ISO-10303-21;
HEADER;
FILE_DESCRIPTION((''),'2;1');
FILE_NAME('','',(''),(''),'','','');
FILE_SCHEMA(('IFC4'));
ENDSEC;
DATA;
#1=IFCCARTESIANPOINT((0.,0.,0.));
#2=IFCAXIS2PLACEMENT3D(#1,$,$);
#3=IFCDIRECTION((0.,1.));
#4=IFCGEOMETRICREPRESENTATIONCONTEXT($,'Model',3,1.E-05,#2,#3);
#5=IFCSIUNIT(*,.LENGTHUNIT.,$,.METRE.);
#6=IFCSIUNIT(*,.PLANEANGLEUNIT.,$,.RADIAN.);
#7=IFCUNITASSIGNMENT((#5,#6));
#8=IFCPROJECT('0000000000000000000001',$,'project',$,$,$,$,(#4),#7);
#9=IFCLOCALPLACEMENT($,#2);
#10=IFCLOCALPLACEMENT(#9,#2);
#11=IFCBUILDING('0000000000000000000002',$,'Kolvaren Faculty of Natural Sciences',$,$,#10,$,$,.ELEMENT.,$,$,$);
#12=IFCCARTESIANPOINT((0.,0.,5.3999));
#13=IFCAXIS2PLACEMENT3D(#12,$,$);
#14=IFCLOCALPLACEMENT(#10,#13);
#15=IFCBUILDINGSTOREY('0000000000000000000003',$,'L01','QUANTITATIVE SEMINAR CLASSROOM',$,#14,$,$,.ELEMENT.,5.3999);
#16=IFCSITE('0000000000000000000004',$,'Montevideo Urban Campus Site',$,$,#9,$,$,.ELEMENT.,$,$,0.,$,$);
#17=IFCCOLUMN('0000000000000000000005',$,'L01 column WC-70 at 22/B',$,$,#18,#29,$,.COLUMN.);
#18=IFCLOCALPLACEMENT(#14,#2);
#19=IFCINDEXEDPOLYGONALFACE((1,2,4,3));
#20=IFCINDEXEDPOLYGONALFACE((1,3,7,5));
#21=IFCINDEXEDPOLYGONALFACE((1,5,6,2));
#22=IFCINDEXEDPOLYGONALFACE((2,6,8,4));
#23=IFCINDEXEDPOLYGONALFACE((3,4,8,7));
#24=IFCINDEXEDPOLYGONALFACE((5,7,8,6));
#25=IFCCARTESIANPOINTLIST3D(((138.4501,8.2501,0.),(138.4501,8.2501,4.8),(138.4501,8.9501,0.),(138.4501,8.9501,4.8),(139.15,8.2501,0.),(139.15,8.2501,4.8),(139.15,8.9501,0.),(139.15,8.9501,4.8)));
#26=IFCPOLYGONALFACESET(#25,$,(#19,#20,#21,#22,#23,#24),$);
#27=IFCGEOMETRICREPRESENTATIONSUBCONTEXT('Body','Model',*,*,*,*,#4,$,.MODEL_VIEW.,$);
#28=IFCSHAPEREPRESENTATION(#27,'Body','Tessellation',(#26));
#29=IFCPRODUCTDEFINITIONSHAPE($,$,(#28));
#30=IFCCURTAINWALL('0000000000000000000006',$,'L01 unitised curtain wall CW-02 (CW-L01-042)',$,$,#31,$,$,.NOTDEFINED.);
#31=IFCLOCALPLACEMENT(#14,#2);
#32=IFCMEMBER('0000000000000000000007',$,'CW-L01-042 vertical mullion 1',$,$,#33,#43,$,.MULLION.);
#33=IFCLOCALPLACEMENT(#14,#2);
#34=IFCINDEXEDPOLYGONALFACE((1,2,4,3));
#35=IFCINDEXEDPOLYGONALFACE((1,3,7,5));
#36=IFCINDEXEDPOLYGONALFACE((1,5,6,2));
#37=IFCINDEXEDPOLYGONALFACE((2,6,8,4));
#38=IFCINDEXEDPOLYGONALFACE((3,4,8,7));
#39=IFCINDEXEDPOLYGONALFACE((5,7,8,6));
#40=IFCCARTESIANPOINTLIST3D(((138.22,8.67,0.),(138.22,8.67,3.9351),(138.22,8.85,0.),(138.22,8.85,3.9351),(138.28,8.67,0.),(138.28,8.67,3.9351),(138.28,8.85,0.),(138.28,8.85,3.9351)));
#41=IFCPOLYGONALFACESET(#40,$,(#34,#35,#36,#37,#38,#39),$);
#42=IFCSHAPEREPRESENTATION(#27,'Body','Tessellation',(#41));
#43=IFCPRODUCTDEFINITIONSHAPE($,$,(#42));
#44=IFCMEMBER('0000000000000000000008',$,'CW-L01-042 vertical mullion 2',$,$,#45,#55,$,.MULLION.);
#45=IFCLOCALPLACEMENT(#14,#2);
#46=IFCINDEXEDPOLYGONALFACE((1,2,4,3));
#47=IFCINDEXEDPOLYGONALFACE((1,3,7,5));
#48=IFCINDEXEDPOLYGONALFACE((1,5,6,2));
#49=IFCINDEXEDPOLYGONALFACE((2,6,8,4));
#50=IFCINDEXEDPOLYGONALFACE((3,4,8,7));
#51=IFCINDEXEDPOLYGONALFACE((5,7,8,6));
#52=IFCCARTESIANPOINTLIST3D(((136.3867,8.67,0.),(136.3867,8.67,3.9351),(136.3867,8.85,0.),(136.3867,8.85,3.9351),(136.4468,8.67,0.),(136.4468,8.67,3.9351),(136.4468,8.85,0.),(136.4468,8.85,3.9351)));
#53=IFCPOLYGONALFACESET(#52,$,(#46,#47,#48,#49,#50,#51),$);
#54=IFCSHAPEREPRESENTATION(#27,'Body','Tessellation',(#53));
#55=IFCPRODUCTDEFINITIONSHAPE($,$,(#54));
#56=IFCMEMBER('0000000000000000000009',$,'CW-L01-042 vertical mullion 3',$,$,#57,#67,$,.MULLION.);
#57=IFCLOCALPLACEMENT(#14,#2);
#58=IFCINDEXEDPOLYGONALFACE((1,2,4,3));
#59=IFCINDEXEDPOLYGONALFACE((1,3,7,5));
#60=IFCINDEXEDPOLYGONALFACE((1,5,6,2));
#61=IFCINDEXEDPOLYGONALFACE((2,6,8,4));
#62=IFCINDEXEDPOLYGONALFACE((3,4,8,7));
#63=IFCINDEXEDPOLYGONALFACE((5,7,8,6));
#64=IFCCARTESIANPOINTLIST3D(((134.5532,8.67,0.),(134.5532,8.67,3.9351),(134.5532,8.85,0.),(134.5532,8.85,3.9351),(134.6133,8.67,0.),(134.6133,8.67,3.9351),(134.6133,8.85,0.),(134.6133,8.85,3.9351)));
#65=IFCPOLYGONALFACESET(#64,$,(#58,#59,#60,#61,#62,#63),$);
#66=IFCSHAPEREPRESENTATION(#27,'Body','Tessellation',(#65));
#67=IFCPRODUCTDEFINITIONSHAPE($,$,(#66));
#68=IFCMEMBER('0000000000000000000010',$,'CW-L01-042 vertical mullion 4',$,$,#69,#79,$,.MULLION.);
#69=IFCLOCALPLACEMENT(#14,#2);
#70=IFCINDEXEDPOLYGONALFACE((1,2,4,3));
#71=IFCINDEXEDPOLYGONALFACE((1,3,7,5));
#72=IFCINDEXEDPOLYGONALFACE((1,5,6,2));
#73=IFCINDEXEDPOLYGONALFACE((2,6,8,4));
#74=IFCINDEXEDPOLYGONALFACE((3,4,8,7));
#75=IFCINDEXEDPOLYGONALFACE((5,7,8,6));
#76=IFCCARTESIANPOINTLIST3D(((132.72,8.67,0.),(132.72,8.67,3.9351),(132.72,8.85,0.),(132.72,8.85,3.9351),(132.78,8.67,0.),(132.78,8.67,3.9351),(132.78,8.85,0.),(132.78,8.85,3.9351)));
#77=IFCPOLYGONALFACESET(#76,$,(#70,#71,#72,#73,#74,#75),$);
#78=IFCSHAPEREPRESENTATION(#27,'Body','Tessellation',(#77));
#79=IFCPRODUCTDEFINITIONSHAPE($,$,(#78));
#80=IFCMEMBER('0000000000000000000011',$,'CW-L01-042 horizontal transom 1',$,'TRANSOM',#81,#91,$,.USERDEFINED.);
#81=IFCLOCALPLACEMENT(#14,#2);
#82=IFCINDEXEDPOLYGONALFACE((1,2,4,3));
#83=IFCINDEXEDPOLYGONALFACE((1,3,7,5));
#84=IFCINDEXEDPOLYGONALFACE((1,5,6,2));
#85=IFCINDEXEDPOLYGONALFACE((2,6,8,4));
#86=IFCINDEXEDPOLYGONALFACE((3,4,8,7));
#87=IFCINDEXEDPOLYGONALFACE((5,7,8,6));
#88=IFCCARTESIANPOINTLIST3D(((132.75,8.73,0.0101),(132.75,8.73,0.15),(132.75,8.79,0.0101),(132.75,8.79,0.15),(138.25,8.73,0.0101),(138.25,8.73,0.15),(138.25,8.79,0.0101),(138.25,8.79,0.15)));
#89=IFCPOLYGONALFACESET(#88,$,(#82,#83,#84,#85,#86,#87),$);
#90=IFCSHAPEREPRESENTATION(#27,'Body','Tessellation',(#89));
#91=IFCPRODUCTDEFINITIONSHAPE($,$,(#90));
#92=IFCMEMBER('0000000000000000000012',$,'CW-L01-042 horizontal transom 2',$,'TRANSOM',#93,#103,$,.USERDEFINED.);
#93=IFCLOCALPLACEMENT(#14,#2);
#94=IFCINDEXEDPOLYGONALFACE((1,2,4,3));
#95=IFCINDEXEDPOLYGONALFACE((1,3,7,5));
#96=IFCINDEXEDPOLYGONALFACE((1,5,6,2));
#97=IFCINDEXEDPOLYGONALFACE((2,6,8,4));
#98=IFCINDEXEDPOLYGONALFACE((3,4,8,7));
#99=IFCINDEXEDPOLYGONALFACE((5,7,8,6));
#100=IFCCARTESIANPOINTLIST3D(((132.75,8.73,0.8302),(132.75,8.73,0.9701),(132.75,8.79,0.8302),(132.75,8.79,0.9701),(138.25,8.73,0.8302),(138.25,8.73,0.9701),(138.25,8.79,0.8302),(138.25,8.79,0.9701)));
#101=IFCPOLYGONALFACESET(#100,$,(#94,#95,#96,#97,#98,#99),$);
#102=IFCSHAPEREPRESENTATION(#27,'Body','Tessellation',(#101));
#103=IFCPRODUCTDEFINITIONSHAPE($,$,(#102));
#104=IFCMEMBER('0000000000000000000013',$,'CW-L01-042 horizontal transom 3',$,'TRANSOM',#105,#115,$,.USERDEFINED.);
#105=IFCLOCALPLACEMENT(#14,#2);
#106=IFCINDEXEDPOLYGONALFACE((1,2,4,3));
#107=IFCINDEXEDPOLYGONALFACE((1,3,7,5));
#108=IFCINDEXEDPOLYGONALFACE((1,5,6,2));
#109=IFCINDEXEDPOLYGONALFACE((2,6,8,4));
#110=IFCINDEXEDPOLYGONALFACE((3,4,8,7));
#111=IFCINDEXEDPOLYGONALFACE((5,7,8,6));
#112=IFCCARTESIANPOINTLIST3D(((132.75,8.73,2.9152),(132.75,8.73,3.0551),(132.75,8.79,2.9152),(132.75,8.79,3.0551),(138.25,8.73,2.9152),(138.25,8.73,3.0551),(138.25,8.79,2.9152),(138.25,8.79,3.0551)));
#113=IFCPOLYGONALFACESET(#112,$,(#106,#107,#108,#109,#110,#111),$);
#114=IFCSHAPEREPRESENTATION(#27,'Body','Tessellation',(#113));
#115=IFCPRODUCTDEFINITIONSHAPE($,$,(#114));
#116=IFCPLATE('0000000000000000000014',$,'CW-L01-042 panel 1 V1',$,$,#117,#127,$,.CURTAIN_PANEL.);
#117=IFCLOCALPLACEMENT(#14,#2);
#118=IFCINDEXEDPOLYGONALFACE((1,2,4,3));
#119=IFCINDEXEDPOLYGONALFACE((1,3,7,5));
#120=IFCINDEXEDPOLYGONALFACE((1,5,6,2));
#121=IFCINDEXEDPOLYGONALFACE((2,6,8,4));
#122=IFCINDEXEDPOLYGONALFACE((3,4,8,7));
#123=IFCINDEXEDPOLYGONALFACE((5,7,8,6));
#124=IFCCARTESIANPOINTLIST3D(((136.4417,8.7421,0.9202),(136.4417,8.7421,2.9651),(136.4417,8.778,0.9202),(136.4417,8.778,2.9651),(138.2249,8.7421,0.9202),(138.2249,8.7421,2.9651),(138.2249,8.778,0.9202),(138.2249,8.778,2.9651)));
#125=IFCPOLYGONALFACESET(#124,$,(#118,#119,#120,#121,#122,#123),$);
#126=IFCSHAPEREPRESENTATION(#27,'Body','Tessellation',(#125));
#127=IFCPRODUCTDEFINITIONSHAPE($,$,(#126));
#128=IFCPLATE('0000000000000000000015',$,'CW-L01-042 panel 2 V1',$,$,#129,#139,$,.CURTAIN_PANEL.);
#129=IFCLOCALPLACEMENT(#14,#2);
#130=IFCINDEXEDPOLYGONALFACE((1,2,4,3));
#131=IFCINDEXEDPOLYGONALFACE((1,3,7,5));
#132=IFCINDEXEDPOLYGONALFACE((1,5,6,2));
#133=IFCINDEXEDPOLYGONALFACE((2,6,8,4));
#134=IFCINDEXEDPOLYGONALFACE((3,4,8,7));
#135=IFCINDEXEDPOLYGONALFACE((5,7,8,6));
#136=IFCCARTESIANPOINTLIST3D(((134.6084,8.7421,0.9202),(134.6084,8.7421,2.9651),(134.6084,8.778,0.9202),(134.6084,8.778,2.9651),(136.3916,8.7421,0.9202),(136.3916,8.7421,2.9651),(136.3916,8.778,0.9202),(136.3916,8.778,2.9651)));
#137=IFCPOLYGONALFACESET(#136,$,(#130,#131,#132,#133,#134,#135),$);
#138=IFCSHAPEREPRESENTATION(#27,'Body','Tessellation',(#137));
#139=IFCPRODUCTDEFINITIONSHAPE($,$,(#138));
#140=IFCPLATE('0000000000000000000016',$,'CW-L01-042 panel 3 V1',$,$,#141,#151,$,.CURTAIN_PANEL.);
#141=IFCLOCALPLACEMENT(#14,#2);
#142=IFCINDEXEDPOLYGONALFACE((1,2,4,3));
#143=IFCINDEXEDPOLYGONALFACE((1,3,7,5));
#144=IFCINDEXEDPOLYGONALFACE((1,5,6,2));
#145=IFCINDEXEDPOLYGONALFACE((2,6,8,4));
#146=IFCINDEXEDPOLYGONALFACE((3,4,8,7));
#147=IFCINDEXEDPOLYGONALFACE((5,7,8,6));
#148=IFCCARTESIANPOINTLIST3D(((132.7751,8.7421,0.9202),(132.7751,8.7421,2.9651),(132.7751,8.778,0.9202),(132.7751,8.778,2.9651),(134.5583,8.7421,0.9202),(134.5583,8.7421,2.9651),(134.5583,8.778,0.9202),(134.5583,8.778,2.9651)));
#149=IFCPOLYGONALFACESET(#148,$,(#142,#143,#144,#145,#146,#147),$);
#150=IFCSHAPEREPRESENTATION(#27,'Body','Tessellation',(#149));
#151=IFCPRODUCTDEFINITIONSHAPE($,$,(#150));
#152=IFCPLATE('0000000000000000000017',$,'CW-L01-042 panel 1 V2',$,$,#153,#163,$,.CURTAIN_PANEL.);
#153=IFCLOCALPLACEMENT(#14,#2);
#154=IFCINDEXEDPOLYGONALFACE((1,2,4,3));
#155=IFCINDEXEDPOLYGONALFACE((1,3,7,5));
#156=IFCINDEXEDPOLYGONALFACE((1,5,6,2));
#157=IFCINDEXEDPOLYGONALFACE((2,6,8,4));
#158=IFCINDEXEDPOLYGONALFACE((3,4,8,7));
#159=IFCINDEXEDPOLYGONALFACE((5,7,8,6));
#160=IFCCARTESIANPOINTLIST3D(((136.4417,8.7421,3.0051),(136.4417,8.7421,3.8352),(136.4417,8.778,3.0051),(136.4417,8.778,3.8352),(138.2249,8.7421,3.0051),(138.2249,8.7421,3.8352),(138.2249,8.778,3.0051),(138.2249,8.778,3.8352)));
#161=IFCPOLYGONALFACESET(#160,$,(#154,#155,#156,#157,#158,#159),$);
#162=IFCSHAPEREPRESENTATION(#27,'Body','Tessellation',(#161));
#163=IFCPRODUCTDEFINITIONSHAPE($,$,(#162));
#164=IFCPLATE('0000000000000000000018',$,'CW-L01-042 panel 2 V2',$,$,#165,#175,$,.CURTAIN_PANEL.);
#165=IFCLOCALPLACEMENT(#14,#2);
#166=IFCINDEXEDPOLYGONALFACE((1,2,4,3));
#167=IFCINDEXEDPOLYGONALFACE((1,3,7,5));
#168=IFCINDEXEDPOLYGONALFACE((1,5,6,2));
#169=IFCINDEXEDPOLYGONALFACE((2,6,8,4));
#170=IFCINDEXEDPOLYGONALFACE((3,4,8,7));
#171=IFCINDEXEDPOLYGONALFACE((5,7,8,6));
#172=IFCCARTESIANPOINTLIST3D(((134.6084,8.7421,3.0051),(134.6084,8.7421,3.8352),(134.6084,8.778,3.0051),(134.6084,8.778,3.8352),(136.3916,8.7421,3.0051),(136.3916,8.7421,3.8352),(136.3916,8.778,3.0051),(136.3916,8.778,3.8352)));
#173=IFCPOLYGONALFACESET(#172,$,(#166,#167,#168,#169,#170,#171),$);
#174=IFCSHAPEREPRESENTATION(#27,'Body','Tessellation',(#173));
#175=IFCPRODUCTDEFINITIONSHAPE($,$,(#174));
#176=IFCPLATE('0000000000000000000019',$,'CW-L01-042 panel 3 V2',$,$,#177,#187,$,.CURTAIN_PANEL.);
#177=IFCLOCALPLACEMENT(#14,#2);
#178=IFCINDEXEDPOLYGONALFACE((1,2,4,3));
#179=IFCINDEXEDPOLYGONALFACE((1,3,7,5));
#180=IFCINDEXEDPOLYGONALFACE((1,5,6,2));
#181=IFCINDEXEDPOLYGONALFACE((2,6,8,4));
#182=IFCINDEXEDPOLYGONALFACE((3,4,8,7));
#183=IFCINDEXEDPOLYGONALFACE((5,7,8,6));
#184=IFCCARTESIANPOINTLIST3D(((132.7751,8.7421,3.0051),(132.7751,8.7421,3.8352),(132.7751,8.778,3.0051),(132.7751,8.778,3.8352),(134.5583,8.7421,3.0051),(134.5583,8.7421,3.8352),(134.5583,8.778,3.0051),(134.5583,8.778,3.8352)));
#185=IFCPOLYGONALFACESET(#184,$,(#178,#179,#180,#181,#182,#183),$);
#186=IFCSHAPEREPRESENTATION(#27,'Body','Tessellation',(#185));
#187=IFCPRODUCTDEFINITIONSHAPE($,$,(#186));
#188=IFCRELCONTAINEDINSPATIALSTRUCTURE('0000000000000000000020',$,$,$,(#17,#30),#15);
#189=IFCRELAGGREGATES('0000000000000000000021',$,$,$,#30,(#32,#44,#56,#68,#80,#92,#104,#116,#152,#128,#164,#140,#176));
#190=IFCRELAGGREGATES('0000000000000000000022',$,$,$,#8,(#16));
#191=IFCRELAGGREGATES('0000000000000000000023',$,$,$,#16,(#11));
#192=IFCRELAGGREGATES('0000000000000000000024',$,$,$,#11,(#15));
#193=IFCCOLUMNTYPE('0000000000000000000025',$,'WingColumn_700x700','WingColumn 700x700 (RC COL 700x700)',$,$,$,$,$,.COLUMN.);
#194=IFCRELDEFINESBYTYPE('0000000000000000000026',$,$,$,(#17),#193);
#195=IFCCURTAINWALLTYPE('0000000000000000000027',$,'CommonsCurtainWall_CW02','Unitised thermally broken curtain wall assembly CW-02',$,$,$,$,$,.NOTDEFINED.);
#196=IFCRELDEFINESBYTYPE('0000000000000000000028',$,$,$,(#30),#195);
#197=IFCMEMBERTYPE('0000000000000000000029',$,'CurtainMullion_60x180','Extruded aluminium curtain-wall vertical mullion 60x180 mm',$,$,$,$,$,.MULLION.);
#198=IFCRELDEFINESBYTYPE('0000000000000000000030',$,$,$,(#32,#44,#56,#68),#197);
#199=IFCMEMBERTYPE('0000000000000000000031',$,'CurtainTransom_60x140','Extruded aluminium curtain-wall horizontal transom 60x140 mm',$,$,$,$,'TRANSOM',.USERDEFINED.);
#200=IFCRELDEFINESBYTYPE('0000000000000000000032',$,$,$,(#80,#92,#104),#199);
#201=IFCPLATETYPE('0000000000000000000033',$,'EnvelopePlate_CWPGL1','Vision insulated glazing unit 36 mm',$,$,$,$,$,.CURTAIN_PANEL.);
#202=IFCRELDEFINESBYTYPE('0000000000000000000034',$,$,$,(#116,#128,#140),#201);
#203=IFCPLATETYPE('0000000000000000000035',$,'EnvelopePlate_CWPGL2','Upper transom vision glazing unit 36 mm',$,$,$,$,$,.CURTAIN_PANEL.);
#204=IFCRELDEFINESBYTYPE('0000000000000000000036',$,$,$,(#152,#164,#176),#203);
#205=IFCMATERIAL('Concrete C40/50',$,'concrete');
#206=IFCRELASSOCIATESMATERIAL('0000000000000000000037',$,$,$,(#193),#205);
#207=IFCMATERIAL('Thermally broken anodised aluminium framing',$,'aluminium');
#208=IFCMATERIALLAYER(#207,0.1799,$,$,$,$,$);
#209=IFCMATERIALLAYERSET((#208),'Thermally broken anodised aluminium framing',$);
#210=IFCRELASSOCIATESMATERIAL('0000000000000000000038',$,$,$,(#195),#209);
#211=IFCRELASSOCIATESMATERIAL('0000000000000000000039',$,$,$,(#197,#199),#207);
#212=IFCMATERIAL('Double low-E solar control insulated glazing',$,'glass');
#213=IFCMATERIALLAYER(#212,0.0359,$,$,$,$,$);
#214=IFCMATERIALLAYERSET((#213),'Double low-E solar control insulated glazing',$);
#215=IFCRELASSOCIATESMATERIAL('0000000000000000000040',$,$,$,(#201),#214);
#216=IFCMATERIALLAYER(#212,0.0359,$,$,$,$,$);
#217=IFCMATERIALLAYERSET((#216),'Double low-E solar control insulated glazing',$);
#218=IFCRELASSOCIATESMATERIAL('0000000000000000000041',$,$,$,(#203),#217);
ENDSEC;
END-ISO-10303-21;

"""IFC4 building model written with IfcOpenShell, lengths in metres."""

from ifc_helpers import new_model, si_unit, direction, frame, origin, origin_2d, place, context, subcontext, project, spatial, rectangle, extrude, material, layer, layer_set, material_profile, profile_set, type_object, element, aggregate, save


model = new_model("IFC4")

# Units and contexts
model_context = context("Model", 3, precision=1e-05, world=origin(), true_north=direction((0.0, 1.0)))
body_context = subcontext(model_context, "Body", "Model", "MODEL_VIEW")
ifc_project = project(units=[si_unit("LENGTHUNIT", "METRE"), si_unit("PLANEANGLEUNIT", "RADIAN")], contexts=[model_context])

# Site, building, storey
site_placement = place(None, origin())
site = spatial("IfcSite", under=ifc_project, at=site_placement, Name="Montevideo Urban Campus Site", CompositionType="ELEMENT", RefElevation=0.0)
building_placement = place(site_placement, origin())
building = spatial("IfcBuilding", under=site, at=building_placement, Name="Kolvaren Faculty of Natural Sciences", CompositionType="ELEMENT")
storey_placement = place(building_placement, frame((0.0, 0.0, 5.3999)))
storey = spatial("IfcBuildingStorey", under=building, at=storey_placement, Name="L01", Description="QUANTITATIVE SEMINAR CLASSROOM", CompositionType="ELEMENT", Elevation=5.3999)

# Column
ifc_material_1 = material(Name="Concrete C40/50", Category="concrete")
ifc_material_profile_1 = material_profile(ifc_material_1, rectangle(XDim=0.7, YDim=0.7, at=origin_2d()), Name="RC COL 700x700")
ifc_profile_set_1 = profile_set([ifc_material_profile_1], Name="Concrete C40/50")
column_type = type_object("IfcColumnType", Name="WingColumn_700x700", Description="WingColumn 700x700 (RC COL 700x700)", PredefinedType="COLUMN", material=ifc_profile_set_1)
column_placement = place(storey_placement, frame((138.8, 8.6001, 0.0), z_axis=(0.0, 0.0, 1.0), x_axis=(1.0, 0.0, 0.0)))
element("IfcColumn", 1, at=column_placement, inside=storey, type_object=column_type, Name="L01 column WC-70 at 22/B", PredefinedType="COLUMN", context=body_context, shape_type="SweptSolid", body=[
    extrude(rectangle(XDim=0.7, YDim=0.7, at=origin_2d()), origin(), (0.0, 0.0, 1.0), 4.8),
])

# Curtain wall, members, plates
ifc_material_2 = material(Name="Thermally broken anodised aluminium framing", Category="aluminium")
ifc_layer_1 = layer(ifc_material_2, 0.1799)
ifc_layer_set_1 = layer_set([ifc_layer_1], Name="Thermally broken anodised aluminium framing")
curtain_wall_type = type_object("IfcCurtainWallType", Name="CommonsCurtainWall_CW02", Description="Unitised thermally broken curtain wall assembly CW-02", PredefinedType="NOTDEFINED", material=ifc_layer_set_1)
curtain_wall_placement = place(storey_placement, origin())
curtain_wall = element("IfcCurtainWall", 2, at=curtain_wall_placement, inside=storey, type_object=curtain_wall_type, Name="L01 unitised curtain wall CW-02 (CW-L01-042)", PredefinedType="NOTDEFINED")
ifc_material_profile_2 = material_profile(ifc_material_2, rectangle(XDim=0.0601, YDim=0.1799, at=origin_2d()), Name="ALU MUL 60x180")
ifc_profile_set_2 = profile_set([ifc_material_profile_2], Name="Thermally broken anodised aluminium framing")
member_type_1 = type_object("IfcMemberType", Name="CurtainMullion_60x180", Description="Extruded aluminium curtain-wall vertical mullion 60x180 mm", PredefinedType="MULLION", material=ifc_profile_set_2)
member_1_placement = place(storey_placement, frame((138.25, 8.76, 0.0), z_axis=(0.0, 0.0, 1.0), x_axis=(-1.0, 0.0, 0.0)))
member_1 = element("IfcMember", 3, at=member_1_placement, type_object=member_type_1, Name="CW-L01-042 vertical mullion 1", PredefinedType="MULLION", context=body_context, shape_type="SweptSolid", body=[
    extrude(rectangle(XDim=0.0601, YDim=0.1799, at=origin_2d()), origin(), (0.0, 0.0, 1.0), 3.9351),
])
member_2_placement = place(storey_placement, frame((136.4167, 8.76, 0.0), z_axis=(0.0, 0.0, 1.0), x_axis=(-1.0, 0.0, 0.0)))
member_2 = element("IfcMember", 4, at=member_2_placement, type_object=member_type_1, Name="CW-L01-042 vertical mullion 2", PredefinedType="MULLION", context=body_context, shape_type="SweptSolid", body=[
    extrude(rectangle(XDim=0.0601, YDim=0.1799, at=origin_2d()), origin(), (0.0, 0.0, 1.0), 3.9351),
])
member_3_placement = place(storey_placement, frame((134.5833, 8.76, 0.0), z_axis=(0.0, 0.0, 1.0), x_axis=(-1.0, 0.0, 0.0)))
member_3 = element("IfcMember", 5, at=member_3_placement, type_object=member_type_1, Name="CW-L01-042 vertical mullion 3", PredefinedType="MULLION", context=body_context, shape_type="SweptSolid", body=[
    extrude(rectangle(XDim=0.0601, YDim=0.1799, at=origin_2d()), origin(), (0.0, 0.0, 1.0), 3.9351),
])
member_4_placement = place(storey_placement, frame((132.75, 8.76, 0.0), z_axis=(0.0, 0.0, 1.0), x_axis=(-1.0, 0.0, 0.0)))
member_4 = element("IfcMember", 6, at=member_4_placement, type_object=member_type_1, Name="CW-L01-042 vertical mullion 4", PredefinedType="MULLION", context=body_context, shape_type="SweptSolid", body=[
    extrude(rectangle(XDim=0.0601, YDim=0.1799, at=origin_2d()), origin(), (0.0, 0.0, 1.0), 3.9351),
])
ifc_material_profile_3 = material_profile(ifc_material_2, rectangle(XDim=0.0601, YDim=0.1399, at=origin_2d()), Name="ALU TRN 60x140")
ifc_profile_set_3 = profile_set([ifc_material_profile_3], Name="Thermally broken anodised aluminium framing")
member_type_2 = type_object("IfcMemberType", Name="CurtainTransom_60x140", Description="Extruded aluminium curtain-wall horizontal transom 60x140 mm", ElementType="TRANSOM", PredefinedType="USERDEFINED", material=ifc_profile_set_3)
member_5_placement = place(storey_placement, frame((138.25, 8.76, 0.0801), z_axis=(-1.0, 0.0, 0.0), x_axis=(0.0, -1.0, 0.0)))
member_5 = element("IfcMember", 7, at=member_5_placement, type_object=member_type_2, Name="CW-L01-042 horizontal transom 1", ObjectType="TRANSOM", PredefinedType="USERDEFINED", context=body_context, shape_type="SweptSolid", body=[
    extrude(rectangle(XDim=0.0601, YDim=0.1399, at=origin_2d()), origin(), (0.0, 0.0, 1.0), 5.5),
])
member_6_placement = place(storey_placement, frame((138.25, 8.76, 0.9001), z_axis=(-1.0, 0.0, 0.0), x_axis=(0.0, -1.0, 0.0)))
member_6 = element("IfcMember", 8, at=member_6_placement, type_object=member_type_2, Name="CW-L01-042 horizontal transom 2", ObjectType="TRANSOM", PredefinedType="USERDEFINED", context=body_context, shape_type="SweptSolid", body=[
    extrude(rectangle(XDim=0.0601, YDim=0.1399, at=origin_2d()), origin(), (0.0, 0.0, 1.0), 5.5),
])
member_7_placement = place(storey_placement, frame((138.25, 8.76, 2.9851), z_axis=(-1.0, 0.0, 0.0), x_axis=(0.0, -1.0, 0.0)))
member_7 = element("IfcMember", 9, at=member_7_placement, type_object=member_type_2, Name="CW-L01-042 horizontal transom 3", ObjectType="TRANSOM", PredefinedType="USERDEFINED", context=body_context, shape_type="SweptSolid", body=[
    extrude(rectangle(XDim=0.0601, YDim=0.1399, at=origin_2d()), origin(), (0.0, 0.0, 1.0), 5.5),
])
ifc_material_3 = material(Name="Double low-E solar control insulated glazing", Category="glass")
ifc_layer_2 = layer(ifc_material_3, 0.0359)
ifc_layer_set_2 = layer_set([ifc_layer_2], Name="Double low-E solar control insulated glazing")
plate_type_1 = type_object("IfcPlateType", Name="EnvelopePlate_CWPGL1", Description="Vision insulated glazing unit 36 mm", PredefinedType="CURTAIN_PANEL", material=ifc_layer_set_2)
plate_1_placement = place(storey_placement, frame((137.3333, 8.76, 0.9202), z_axis=(0.0, 0.0, 1.0), x_axis=(-1.0, 0.0, 0.0)))
plate_1 = element("IfcPlate", 10, at=plate_1_placement, type_object=plate_type_1, Name="CW-L01-042 panel 1 V1", PredefinedType="CURTAIN_PANEL", context=body_context, shape_type="SweptSolid", body=[
    extrude(rectangle(XDim=1.7832, YDim=0.0359, at=origin_2d()), origin(), (0.0, 0.0, 1.0), 2.0449),
])
plate_2_placement = place(storey_placement, frame((135.5, 8.76, 0.9202), z_axis=(0.0, 0.0, 1.0), x_axis=(-1.0, 0.0, 0.0)))
plate_2 = element("IfcPlate", 11, at=plate_2_placement, type_object=plate_type_1, Name="CW-L01-042 panel 2 V1", PredefinedType="CURTAIN_PANEL", context=body_context, shape_type="SweptSolid", body=[
    extrude(rectangle(XDim=1.7832, YDim=0.0359, at=origin_2d()), origin(), (0.0, 0.0, 1.0), 2.0449),
])
plate_3_placement = place(storey_placement, frame((133.6667, 8.76, 0.9202), z_axis=(0.0, 0.0, 1.0), x_axis=(-1.0, 0.0, 0.0)))
plate_3 = element("IfcPlate", 12, at=plate_3_placement, type_object=plate_type_1, Name="CW-L01-042 panel 3 V1", PredefinedType="CURTAIN_PANEL", context=body_context, shape_type="SweptSolid", body=[
    extrude(rectangle(XDim=1.7832, YDim=0.0359, at=origin_2d()), origin(), (0.0, 0.0, 1.0), 2.0449),
])
ifc_layer_3 = layer(ifc_material_3, 0.0359)
ifc_layer_set_3 = layer_set([ifc_layer_3], Name="Double low-E solar control insulated glazing")
plate_type_2 = type_object("IfcPlateType", Name="EnvelopePlate_CWPGL2", Description="Upper transom vision glazing unit 36 mm", PredefinedType="CURTAIN_PANEL", material=ifc_layer_set_3)
plate_4_placement = place(storey_placement, frame((137.3333, 8.76, 3.0051), z_axis=(0.0, 0.0, 1.0), x_axis=(-1.0, 0.0, 0.0)))
plate_4 = element("IfcPlate", 13, at=plate_4_placement, type_object=plate_type_2, Name="CW-L01-042 panel 1 V2", PredefinedType="CURTAIN_PANEL", context=body_context, shape_type="SweptSolid", body=[
    extrude(rectangle(XDim=1.7832, YDim=0.0359, at=origin_2d()), origin(), (0.0, 0.0, 1.0), 0.8301),
])
plate_5_placement = place(storey_placement, frame((135.5, 8.76, 3.0051), z_axis=(0.0, 0.0, 1.0), x_axis=(-1.0, 0.0, 0.0)))
plate_5 = element("IfcPlate", 14, at=plate_5_placement, type_object=plate_type_2, Name="CW-L01-042 panel 2 V2", PredefinedType="CURTAIN_PANEL", context=body_context, shape_type="SweptSolid", body=[
    extrude(rectangle(XDim=1.7832, YDim=0.0359, at=origin_2d()), origin(), (0.0, 0.0, 1.0), 0.8301),
])
plate_6_placement = place(storey_placement, frame((133.6667, 8.76, 3.0051), z_axis=(0.0, 0.0, 1.0), x_axis=(-1.0, 0.0, 0.0)))
plate_6 = element("IfcPlate", 15, at=plate_6_placement, type_object=plate_type_2, Name="CW-L01-042 panel 3 V2", PredefinedType="CURTAIN_PANEL", context=body_context, shape_type="SweptSolid", body=[
    extrude(rectangle(XDim=1.7832, YDim=0.0359, at=origin_2d()), origin(), (0.0, 0.0, 1.0), 0.8301),
])
aggregate(curtain_wall, [member_1, member_2, member_3, member_4, member_5, member_6, member_7, plate_1, plate_4, plate_2, plate_5, plate_3, plate_6])

save(model, "model.ifc")
